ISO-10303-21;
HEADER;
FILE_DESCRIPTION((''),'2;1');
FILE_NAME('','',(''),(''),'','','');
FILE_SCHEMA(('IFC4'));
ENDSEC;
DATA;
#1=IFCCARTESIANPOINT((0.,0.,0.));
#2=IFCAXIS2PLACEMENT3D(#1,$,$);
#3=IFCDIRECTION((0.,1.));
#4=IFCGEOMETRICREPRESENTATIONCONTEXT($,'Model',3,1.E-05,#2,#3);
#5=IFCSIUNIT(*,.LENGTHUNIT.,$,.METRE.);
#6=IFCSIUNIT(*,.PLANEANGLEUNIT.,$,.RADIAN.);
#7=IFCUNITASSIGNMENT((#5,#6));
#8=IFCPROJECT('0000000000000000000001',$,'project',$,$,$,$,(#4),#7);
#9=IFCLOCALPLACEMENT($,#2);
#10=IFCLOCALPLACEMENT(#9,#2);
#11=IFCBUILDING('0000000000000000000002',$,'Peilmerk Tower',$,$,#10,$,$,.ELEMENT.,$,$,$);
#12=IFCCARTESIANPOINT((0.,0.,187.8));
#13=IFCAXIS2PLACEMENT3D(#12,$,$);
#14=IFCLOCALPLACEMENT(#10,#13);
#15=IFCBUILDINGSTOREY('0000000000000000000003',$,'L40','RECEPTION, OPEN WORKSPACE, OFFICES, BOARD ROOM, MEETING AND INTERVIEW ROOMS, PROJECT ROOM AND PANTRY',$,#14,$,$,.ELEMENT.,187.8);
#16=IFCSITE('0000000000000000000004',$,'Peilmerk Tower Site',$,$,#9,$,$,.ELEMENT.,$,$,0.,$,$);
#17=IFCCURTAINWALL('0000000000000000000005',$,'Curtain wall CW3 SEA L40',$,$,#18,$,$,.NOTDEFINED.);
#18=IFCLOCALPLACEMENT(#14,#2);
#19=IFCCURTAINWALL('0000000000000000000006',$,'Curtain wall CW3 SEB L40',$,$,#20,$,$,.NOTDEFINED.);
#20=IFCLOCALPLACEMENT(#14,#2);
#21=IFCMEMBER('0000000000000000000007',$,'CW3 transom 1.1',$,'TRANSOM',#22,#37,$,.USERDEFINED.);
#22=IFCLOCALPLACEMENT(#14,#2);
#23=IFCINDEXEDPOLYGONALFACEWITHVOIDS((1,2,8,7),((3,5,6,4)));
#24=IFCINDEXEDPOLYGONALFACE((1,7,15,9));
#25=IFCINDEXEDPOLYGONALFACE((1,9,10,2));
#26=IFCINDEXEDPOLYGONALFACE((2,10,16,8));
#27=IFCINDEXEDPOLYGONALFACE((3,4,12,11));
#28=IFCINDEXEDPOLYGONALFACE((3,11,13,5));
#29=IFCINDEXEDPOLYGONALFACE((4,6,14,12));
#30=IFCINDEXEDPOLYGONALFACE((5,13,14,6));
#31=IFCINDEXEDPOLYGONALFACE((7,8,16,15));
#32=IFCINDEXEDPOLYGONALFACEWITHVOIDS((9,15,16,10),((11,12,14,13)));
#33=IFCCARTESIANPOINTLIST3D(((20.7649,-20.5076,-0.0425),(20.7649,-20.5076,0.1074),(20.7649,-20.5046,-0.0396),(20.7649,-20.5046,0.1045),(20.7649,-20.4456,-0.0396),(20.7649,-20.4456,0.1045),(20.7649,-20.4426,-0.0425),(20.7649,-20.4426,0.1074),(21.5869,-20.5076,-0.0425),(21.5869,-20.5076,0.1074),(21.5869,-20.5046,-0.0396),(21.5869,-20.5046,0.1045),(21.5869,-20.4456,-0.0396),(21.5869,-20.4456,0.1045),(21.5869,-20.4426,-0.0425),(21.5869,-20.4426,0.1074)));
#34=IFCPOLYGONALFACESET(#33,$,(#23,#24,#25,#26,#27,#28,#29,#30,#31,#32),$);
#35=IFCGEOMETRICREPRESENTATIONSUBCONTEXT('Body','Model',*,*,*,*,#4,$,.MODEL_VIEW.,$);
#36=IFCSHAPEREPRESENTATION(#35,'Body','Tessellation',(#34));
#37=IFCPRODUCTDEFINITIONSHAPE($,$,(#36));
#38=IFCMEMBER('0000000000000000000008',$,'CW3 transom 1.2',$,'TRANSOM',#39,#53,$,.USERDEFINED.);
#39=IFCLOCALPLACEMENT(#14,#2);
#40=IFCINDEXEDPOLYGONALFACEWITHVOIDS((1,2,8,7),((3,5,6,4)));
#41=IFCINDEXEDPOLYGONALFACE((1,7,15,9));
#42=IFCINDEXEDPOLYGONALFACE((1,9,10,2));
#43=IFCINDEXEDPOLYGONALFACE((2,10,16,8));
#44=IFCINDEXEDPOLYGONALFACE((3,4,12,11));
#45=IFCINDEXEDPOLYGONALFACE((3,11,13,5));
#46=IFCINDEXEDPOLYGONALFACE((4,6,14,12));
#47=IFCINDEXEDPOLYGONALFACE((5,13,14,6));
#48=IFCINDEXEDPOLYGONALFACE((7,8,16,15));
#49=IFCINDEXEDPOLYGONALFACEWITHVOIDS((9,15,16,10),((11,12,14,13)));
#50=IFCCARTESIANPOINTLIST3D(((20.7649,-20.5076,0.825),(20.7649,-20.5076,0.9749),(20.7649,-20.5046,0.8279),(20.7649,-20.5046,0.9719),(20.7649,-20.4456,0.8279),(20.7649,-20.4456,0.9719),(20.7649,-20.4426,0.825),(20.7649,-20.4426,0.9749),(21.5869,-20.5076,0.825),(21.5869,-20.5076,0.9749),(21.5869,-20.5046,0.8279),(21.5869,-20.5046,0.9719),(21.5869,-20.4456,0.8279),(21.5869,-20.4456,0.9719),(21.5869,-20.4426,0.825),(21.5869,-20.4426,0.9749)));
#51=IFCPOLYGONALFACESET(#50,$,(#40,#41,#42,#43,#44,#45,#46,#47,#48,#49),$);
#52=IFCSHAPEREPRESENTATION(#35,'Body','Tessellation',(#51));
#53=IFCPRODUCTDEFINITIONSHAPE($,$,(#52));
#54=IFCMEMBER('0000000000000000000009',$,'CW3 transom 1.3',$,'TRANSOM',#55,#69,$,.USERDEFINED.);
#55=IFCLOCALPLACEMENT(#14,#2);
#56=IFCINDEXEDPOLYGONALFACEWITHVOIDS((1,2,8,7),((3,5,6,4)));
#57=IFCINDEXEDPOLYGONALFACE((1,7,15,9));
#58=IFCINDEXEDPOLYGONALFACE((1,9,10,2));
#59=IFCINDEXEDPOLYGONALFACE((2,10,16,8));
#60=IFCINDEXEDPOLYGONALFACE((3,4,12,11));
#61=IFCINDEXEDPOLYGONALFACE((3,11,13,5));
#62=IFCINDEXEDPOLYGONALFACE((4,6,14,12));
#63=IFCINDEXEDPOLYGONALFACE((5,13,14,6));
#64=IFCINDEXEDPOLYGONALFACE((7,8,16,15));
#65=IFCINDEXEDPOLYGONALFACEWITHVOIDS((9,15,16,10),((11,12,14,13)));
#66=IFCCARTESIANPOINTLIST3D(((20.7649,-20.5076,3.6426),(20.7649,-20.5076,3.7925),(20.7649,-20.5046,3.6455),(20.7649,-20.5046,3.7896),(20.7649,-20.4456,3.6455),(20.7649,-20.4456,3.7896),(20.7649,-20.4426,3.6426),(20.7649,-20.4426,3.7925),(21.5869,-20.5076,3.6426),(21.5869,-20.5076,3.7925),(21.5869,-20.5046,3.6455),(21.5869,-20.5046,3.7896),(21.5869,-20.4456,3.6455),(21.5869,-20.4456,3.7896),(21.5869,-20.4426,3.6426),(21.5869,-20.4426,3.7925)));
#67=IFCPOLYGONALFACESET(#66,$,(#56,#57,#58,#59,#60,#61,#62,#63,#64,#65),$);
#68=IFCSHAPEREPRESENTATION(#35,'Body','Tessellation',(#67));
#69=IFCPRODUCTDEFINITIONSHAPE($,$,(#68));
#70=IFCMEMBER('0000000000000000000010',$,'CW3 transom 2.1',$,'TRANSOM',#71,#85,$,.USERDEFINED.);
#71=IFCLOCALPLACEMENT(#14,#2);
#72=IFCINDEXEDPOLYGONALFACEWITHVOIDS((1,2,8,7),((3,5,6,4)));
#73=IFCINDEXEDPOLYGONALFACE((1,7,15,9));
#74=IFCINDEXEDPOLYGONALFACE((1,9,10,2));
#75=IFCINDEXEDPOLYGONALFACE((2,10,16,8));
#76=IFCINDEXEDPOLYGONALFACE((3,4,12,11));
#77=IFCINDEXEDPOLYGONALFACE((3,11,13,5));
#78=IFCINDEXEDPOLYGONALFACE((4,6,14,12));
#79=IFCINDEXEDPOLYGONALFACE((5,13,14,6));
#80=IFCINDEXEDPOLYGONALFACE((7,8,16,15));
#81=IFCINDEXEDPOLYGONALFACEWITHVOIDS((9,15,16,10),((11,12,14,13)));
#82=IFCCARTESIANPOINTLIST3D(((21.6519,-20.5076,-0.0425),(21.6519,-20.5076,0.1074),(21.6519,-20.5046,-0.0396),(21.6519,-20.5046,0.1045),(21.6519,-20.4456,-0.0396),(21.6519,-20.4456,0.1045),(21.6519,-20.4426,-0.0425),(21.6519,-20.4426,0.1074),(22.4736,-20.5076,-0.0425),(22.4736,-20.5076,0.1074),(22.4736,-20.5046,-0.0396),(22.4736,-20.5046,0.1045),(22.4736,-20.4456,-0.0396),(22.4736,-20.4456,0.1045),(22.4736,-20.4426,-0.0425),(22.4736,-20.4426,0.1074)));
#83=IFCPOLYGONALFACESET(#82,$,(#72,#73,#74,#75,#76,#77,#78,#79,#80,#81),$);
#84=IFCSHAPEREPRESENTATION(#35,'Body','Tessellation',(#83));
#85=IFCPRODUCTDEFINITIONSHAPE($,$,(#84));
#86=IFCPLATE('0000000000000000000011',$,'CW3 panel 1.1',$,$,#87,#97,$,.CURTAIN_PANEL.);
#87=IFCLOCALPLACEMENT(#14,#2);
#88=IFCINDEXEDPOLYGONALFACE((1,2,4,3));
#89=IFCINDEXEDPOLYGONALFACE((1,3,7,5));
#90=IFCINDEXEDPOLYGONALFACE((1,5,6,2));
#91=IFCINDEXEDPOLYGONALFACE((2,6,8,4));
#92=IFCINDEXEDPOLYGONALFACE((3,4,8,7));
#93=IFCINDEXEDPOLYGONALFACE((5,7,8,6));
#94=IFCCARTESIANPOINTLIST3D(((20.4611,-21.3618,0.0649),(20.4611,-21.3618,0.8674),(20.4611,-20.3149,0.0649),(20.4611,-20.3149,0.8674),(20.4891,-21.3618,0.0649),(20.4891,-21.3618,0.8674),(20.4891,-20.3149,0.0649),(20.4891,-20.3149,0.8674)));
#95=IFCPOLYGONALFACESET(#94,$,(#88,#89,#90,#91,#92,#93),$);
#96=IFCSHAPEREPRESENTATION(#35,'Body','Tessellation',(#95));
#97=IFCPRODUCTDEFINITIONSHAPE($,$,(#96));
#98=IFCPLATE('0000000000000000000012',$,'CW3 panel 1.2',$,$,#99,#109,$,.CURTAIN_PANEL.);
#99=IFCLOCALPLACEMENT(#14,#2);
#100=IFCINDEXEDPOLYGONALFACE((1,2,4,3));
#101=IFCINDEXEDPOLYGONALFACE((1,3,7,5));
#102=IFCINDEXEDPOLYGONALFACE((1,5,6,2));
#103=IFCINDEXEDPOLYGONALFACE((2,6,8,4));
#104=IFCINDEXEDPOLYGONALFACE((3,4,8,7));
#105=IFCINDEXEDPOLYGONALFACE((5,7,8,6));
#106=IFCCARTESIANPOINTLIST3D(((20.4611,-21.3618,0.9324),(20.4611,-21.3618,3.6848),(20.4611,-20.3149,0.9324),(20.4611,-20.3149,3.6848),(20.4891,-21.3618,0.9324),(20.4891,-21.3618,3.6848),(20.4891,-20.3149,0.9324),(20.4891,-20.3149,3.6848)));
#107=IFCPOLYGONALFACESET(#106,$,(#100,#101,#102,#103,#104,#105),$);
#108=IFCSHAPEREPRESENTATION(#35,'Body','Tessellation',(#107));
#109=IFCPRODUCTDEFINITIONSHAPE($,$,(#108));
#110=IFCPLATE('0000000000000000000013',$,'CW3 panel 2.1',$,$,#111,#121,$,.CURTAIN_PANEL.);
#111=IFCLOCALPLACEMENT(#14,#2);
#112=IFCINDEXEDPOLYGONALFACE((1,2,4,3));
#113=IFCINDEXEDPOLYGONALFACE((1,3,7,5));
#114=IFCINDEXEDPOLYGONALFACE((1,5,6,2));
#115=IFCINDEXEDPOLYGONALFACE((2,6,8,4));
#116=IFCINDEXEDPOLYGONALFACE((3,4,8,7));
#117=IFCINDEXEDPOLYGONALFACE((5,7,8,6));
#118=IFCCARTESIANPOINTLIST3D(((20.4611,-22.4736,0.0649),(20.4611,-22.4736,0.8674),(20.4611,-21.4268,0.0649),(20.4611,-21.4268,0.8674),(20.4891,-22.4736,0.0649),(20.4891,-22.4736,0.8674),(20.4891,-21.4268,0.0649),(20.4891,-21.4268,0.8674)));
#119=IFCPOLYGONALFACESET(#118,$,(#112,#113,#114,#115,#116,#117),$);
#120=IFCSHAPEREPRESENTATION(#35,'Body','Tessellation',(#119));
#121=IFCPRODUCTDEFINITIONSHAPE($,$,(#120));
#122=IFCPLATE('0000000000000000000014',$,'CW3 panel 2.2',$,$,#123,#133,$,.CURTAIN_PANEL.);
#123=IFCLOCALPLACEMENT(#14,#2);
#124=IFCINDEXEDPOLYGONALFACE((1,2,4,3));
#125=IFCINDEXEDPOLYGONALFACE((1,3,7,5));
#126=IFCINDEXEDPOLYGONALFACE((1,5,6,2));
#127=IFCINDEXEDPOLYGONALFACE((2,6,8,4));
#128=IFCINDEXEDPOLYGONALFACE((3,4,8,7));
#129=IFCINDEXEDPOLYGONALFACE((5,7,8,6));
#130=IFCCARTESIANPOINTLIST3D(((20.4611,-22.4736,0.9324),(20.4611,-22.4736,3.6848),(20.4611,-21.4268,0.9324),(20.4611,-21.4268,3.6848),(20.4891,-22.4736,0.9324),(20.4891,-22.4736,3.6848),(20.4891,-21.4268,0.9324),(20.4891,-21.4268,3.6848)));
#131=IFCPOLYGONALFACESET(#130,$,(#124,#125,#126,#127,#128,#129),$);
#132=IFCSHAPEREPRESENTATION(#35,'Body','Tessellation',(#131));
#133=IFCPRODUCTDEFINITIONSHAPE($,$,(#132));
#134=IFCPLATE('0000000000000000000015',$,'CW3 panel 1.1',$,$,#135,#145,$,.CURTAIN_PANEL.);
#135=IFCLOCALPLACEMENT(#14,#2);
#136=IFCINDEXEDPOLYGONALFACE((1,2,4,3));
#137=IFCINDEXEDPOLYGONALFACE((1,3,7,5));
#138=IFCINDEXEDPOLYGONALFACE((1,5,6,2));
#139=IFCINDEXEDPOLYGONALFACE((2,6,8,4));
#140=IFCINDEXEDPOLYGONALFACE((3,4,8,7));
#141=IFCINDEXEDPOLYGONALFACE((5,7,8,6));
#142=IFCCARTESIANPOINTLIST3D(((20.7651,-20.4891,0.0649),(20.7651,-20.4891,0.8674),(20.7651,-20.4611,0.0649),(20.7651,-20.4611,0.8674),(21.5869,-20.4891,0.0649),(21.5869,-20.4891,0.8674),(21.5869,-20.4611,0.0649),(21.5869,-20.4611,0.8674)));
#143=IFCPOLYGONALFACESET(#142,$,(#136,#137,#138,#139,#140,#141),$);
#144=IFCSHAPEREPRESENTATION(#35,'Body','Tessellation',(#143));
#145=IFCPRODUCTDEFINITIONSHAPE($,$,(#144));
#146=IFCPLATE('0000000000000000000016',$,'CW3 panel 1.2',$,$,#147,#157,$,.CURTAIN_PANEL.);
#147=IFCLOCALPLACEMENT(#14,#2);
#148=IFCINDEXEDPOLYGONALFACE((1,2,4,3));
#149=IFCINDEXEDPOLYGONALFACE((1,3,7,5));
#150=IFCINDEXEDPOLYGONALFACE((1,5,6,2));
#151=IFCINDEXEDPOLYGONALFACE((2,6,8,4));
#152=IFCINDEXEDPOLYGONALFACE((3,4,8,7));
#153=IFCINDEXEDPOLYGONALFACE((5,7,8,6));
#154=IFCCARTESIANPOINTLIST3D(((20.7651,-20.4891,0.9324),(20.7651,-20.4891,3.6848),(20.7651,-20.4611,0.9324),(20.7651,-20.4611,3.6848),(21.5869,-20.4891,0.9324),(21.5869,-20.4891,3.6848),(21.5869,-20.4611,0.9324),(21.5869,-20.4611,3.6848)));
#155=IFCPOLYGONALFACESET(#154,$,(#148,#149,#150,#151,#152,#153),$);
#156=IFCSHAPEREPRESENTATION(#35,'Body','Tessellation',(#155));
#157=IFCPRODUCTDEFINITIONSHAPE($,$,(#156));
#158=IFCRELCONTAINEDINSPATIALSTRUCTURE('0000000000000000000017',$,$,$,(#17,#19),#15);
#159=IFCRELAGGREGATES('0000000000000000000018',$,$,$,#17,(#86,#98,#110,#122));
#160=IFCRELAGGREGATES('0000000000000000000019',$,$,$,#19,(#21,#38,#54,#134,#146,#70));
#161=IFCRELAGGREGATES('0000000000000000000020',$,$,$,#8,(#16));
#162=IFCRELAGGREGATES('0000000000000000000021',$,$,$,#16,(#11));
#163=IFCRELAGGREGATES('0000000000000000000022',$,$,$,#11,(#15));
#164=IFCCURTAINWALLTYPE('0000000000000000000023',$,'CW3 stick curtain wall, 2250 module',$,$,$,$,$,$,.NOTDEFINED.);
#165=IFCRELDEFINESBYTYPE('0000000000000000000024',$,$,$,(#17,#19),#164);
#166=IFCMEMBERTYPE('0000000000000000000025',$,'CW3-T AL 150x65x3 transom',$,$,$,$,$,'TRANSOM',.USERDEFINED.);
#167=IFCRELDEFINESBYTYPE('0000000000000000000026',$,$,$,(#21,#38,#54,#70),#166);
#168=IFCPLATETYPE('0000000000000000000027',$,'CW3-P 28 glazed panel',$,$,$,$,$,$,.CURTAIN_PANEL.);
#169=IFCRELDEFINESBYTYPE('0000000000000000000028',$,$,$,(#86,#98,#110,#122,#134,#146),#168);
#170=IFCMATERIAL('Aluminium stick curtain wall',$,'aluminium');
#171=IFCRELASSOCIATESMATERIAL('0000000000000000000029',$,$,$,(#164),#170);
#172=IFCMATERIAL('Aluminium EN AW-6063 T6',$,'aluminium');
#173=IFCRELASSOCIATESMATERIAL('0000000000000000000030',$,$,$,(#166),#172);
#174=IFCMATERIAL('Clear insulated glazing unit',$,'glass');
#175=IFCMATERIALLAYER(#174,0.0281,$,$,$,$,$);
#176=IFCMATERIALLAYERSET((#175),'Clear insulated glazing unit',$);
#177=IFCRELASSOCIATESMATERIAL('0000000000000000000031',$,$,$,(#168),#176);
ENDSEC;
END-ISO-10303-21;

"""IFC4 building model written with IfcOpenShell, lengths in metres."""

from ifc_helpers import new_model, si_unit, direction, frame, origin, origin_2d, place, context, subcontext, project, spatial, rectangle, hollow_rectangle, extrude, material, layer, layer_set, material_profile, profile_set, type_object, element, aggregate, save


model = new_model("IFC4")

# Units and contexts
model_context = context("Model", 3, precision=1e-05, world=origin(), true_north=direction((0.0, 1.0)))
body_context = subcontext(model_context, "Body", "Model", "MODEL_VIEW")
ifc_project = project(units=[si_unit("LENGTHUNIT", "METRE"), si_unit("PLANEANGLEUNIT", "RADIAN")], contexts=[model_context])

# Site, building, storey
site_placement = place(None, origin())
site = spatial("IfcSite", under=ifc_project, at=site_placement, Name="Peilmerk Tower Site", CompositionType="ELEMENT", RefElevation=0.0)
building_placement = place(site_placement, origin())
building = spatial("IfcBuilding", under=site, at=building_placement, Name="Peilmerk Tower", CompositionType="ELEMENT")
storey_placement = place(building_placement, frame((0.0, 0.0, 187.8)))
storey = spatial("IfcBuildingStorey", under=building, at=storey_placement, Name="L40", Description="RECEPTION, OPEN WORKSPACE, OFFICES, BOARD ROOM, MEETING AND INTERVIEW ROOMS, PROJECT ROOM AND PANTRY", CompositionType="ELEMENT", Elevation=187.8)

# Curtain walls
ifc_material_1 = material(Name="Aluminium stick curtain wall", Category="aluminium")
curtain_wall_type = type_object("IfcCurtainWallType", Name="CW3 stick curtain wall, 2250 module", PredefinedType="NOTDEFINED", material=ifc_material_1)
curtain_wall_1_placement = place(storey_placement, origin())
curtain_wall_1 = element("IfcCurtainWall", 1, at=curtain_wall_1_placement, inside=storey, type_object=curtain_wall_type, Name="Curtain wall CW3 SEA L40", PredefinedType="NOTDEFINED")
ifc_material_2 = material(Name="Aluminium EN AW-6063 T6", Category="aluminium")
curtain_wall_2_placement = place(storey_placement, origin())
curtain_wall_2 = element("IfcCurtainWall", 2, at=curtain_wall_2_placement, inside=storey, type_object=curtain_wall_type, Name="Curtain wall CW3 SEB L40", PredefinedType="NOTDEFINED")

# Members
ifc_material_profile_1 = material_profile(ifc_material_2, hollow_rectangle(XDim=0.0649, YDim=0.1499, WallThickness=0.0029, at=origin_2d()), Name="AL 150x65x3")
ifc_profile_set_1 = profile_set([ifc_material_profile_1], Name="Aluminium EN AW-6063 T6")
member_type_1 = type_object("IfcMemberType", Name="CW3-T AL 150x65x3 transom", ElementType="TRANSOM", PredefinedType="USERDEFINED", material=ifc_profile_set_1)
member_1_placement = place(storey_placement, frame((20.7649, -20.4751, 0.0325), z_axis=(1.0, 0.0, 0.0), x_axis=(0.0, 1.0, 0.0)))
member_1 = element("IfcMember", 3, at=member_1_placement, type_object=member_type_1, Name="CW3 transom 1.1", ObjectType="TRANSOM", PredefinedType="USERDEFINED", context=body_context, shape_type="SweptSolid", body=[
    extrude(hollow_rectangle(XDim=0.0649, YDim=0.1499, WallThickness=0.0029, at=origin_2d()), origin(), (0.0, 0.0, 1.0), 0.822),
])
member_2_placement = place(storey_placement, frame((20.7649, -20.4751, 0.8999), z_axis=(1.0, 0.0, 0.0), x_axis=(0.0, 1.0, 0.0)))
member_2 = element("IfcMember", 4, at=member_2_placement, type_object=member_type_1, Name="CW3 transom 1.2", ObjectType="TRANSOM", PredefinedType="USERDEFINED", context=body_context, shape_type="SweptSolid", body=[
    extrude(hollow_rectangle(XDim=0.0649, YDim=0.1499, WallThickness=0.0029, at=origin_2d()), origin(), (0.0, 0.0, 1.0), 0.822),
])
member_3_placement = place(storey_placement, frame((20.7649, -20.4751, 3.7175), z_axis=(1.0, 0.0, 0.0), x_axis=(0.0, 1.0, 0.0)))
member_3 = element("IfcMember", 5, at=member_3_placement, type_object=member_type_1, Name="CW3 transom 1.3", ObjectType="TRANSOM", PredefinedType="USERDEFINED", context=body_context, shape_type="SweptSolid", body=[
    extrude(hollow_rectangle(XDim=0.0649, YDim=0.1499, WallThickness=0.0029, at=origin_2d()), origin(), (0.0, 0.0, 1.0), 0.822),
])
member_4_placement = place(storey_placement, frame((21.6519, -20.4751, 0.0325), z_axis=(1.0, 0.0, 0.0), x_axis=(0.0, 1.0, 0.0)))
member_4 = element("IfcMember", 6, at=member_4_placement, type_object=member_type_1, Name="CW3 transom 2.1", ObjectType="TRANSOM", PredefinedType="USERDEFINED", context=body_context, shape_type="SweptSolid", body=[
    extrude(hollow_rectangle(XDim=0.0649, YDim=0.1499, WallThickness=0.0029, at=origin_2d()), origin(), (0.0, 0.0, 1.0), 0.8218),
])

# Plates
ifc_material_3 = material(Name="Clear insulated glazing unit", Category="glass")
ifc_layer_1 = layer(ifc_material_3, 0.0281)
ifc_layer_set_1 = layer_set([ifc_layer_1], Name="Clear insulated glazing unit")
plate_type = type_object("IfcPlateType", Name="CW3-P 28 glazed panel", PredefinedType="CURTAIN_PANEL", material=ifc_layer_set_1)
plate_1_placement = place(storey_placement, frame((20.4751, -20.8384, 0.0649), z_axis=(0.0, 0.0, 1.0), x_axis=(0.0, -1.0, 0.0)))
plate_1 = element("IfcPlate", 7, at=plate_1_placement, type_object=plate_type, Name="CW3 panel 1.1", PredefinedType="CURTAIN_PANEL", context=body_context, shape_type="SweptSolid", body=[
    extrude(rectangle(XDim=1.0469, YDim=0.0281, at=origin_2d()), origin(), (0.0, 0.0, 1.0), 0.8025),
])
plate_2_placement = place(storey_placement, frame((20.4751, -20.8384, 0.9324), z_axis=(0.0, 0.0, 1.0), x_axis=(0.0, -1.0, 0.0)))
plate_2 = element("IfcPlate", 8, at=plate_2_placement, type_object=plate_type, Name="CW3 panel 1.2", PredefinedType="CURTAIN_PANEL", context=body_context, shape_type="SweptSolid", body=[
    extrude(rectangle(XDim=1.0469, YDim=0.0281, at=origin_2d()), origin(), (0.0, 0.0, 1.0), 2.7524),
])
plate_3_placement = place(storey_placement, frame((20.4751, -21.9502, 0.0649), z_axis=(0.0, 0.0, 1.0), x_axis=(0.0, -1.0, 0.0)))
plate_3 = element("IfcPlate", 9, at=plate_3_placement, type_object=plate_type, Name="CW3 panel 2.1", PredefinedType="CURTAIN_PANEL", context=body_context, shape_type="SweptSolid", body=[
    extrude(rectangle(XDim=1.0469, YDim=0.0281, at=origin_2d()), origin(), (0.0, 0.0, 1.0), 0.8025),
])
plate_4_placement = place(storey_placement, frame((20.4751, -21.9502, 0.9324), z_axis=(0.0, 0.0, 1.0), x_axis=(0.0, -1.0, 0.0)))
plate_4 = element("IfcPlate", 10, at=plate_4_placement, type_object=plate_type, Name="CW3 panel 2.2", PredefinedType="CURTAIN_PANEL", context=body_context, shape_type="SweptSolid", body=[
    extrude(rectangle(XDim=1.0469, YDim=0.0281, at=origin_2d()), origin(), (0.0, 0.0, 1.0), 2.7524),
])
aggregate(curtain_wall_1, [plate_1, plate_2, plate_3, plate_4])
plate_5_placement = place(storey_placement, frame((21.176, -20.4751, 0.0649), z_axis=(0.0, 0.0, 1.0), x_axis=(1.0, 0.0, 0.0)))
plate_5 = element("IfcPlate", 11, at=plate_5_placement, type_object=plate_type, Name="CW3 panel 1.1", PredefinedType="CURTAIN_PANEL", context=body_context, shape_type="SweptSolid", body=[
    extrude(rectangle(XDim=0.8218, YDim=0.0281, at=origin_2d()), origin(), (0.0, 0.0, 1.0), 0.8025),
])
plate_6_placement = place(storey_placement, frame((21.176, -20.4751, 0.9324), z_axis=(0.0, 0.0, 1.0), x_axis=(1.0, 0.0, 0.0)))
plate_6 = element("IfcPlate", 12, at=plate_6_placement, type_object=plate_type, Name="CW3 panel 1.2", PredefinedType="CURTAIN_PANEL", context=body_context, shape_type="SweptSolid", body=[
    extrude(rectangle(XDim=0.8218, YDim=0.0281, at=origin_2d()), origin(), (0.0, 0.0, 1.0), 2.7524),
])
aggregate(curtain_wall_2, [member_1, member_2, member_3, plate_5, plate_6, member_4])

save(model, "model.ifc")
